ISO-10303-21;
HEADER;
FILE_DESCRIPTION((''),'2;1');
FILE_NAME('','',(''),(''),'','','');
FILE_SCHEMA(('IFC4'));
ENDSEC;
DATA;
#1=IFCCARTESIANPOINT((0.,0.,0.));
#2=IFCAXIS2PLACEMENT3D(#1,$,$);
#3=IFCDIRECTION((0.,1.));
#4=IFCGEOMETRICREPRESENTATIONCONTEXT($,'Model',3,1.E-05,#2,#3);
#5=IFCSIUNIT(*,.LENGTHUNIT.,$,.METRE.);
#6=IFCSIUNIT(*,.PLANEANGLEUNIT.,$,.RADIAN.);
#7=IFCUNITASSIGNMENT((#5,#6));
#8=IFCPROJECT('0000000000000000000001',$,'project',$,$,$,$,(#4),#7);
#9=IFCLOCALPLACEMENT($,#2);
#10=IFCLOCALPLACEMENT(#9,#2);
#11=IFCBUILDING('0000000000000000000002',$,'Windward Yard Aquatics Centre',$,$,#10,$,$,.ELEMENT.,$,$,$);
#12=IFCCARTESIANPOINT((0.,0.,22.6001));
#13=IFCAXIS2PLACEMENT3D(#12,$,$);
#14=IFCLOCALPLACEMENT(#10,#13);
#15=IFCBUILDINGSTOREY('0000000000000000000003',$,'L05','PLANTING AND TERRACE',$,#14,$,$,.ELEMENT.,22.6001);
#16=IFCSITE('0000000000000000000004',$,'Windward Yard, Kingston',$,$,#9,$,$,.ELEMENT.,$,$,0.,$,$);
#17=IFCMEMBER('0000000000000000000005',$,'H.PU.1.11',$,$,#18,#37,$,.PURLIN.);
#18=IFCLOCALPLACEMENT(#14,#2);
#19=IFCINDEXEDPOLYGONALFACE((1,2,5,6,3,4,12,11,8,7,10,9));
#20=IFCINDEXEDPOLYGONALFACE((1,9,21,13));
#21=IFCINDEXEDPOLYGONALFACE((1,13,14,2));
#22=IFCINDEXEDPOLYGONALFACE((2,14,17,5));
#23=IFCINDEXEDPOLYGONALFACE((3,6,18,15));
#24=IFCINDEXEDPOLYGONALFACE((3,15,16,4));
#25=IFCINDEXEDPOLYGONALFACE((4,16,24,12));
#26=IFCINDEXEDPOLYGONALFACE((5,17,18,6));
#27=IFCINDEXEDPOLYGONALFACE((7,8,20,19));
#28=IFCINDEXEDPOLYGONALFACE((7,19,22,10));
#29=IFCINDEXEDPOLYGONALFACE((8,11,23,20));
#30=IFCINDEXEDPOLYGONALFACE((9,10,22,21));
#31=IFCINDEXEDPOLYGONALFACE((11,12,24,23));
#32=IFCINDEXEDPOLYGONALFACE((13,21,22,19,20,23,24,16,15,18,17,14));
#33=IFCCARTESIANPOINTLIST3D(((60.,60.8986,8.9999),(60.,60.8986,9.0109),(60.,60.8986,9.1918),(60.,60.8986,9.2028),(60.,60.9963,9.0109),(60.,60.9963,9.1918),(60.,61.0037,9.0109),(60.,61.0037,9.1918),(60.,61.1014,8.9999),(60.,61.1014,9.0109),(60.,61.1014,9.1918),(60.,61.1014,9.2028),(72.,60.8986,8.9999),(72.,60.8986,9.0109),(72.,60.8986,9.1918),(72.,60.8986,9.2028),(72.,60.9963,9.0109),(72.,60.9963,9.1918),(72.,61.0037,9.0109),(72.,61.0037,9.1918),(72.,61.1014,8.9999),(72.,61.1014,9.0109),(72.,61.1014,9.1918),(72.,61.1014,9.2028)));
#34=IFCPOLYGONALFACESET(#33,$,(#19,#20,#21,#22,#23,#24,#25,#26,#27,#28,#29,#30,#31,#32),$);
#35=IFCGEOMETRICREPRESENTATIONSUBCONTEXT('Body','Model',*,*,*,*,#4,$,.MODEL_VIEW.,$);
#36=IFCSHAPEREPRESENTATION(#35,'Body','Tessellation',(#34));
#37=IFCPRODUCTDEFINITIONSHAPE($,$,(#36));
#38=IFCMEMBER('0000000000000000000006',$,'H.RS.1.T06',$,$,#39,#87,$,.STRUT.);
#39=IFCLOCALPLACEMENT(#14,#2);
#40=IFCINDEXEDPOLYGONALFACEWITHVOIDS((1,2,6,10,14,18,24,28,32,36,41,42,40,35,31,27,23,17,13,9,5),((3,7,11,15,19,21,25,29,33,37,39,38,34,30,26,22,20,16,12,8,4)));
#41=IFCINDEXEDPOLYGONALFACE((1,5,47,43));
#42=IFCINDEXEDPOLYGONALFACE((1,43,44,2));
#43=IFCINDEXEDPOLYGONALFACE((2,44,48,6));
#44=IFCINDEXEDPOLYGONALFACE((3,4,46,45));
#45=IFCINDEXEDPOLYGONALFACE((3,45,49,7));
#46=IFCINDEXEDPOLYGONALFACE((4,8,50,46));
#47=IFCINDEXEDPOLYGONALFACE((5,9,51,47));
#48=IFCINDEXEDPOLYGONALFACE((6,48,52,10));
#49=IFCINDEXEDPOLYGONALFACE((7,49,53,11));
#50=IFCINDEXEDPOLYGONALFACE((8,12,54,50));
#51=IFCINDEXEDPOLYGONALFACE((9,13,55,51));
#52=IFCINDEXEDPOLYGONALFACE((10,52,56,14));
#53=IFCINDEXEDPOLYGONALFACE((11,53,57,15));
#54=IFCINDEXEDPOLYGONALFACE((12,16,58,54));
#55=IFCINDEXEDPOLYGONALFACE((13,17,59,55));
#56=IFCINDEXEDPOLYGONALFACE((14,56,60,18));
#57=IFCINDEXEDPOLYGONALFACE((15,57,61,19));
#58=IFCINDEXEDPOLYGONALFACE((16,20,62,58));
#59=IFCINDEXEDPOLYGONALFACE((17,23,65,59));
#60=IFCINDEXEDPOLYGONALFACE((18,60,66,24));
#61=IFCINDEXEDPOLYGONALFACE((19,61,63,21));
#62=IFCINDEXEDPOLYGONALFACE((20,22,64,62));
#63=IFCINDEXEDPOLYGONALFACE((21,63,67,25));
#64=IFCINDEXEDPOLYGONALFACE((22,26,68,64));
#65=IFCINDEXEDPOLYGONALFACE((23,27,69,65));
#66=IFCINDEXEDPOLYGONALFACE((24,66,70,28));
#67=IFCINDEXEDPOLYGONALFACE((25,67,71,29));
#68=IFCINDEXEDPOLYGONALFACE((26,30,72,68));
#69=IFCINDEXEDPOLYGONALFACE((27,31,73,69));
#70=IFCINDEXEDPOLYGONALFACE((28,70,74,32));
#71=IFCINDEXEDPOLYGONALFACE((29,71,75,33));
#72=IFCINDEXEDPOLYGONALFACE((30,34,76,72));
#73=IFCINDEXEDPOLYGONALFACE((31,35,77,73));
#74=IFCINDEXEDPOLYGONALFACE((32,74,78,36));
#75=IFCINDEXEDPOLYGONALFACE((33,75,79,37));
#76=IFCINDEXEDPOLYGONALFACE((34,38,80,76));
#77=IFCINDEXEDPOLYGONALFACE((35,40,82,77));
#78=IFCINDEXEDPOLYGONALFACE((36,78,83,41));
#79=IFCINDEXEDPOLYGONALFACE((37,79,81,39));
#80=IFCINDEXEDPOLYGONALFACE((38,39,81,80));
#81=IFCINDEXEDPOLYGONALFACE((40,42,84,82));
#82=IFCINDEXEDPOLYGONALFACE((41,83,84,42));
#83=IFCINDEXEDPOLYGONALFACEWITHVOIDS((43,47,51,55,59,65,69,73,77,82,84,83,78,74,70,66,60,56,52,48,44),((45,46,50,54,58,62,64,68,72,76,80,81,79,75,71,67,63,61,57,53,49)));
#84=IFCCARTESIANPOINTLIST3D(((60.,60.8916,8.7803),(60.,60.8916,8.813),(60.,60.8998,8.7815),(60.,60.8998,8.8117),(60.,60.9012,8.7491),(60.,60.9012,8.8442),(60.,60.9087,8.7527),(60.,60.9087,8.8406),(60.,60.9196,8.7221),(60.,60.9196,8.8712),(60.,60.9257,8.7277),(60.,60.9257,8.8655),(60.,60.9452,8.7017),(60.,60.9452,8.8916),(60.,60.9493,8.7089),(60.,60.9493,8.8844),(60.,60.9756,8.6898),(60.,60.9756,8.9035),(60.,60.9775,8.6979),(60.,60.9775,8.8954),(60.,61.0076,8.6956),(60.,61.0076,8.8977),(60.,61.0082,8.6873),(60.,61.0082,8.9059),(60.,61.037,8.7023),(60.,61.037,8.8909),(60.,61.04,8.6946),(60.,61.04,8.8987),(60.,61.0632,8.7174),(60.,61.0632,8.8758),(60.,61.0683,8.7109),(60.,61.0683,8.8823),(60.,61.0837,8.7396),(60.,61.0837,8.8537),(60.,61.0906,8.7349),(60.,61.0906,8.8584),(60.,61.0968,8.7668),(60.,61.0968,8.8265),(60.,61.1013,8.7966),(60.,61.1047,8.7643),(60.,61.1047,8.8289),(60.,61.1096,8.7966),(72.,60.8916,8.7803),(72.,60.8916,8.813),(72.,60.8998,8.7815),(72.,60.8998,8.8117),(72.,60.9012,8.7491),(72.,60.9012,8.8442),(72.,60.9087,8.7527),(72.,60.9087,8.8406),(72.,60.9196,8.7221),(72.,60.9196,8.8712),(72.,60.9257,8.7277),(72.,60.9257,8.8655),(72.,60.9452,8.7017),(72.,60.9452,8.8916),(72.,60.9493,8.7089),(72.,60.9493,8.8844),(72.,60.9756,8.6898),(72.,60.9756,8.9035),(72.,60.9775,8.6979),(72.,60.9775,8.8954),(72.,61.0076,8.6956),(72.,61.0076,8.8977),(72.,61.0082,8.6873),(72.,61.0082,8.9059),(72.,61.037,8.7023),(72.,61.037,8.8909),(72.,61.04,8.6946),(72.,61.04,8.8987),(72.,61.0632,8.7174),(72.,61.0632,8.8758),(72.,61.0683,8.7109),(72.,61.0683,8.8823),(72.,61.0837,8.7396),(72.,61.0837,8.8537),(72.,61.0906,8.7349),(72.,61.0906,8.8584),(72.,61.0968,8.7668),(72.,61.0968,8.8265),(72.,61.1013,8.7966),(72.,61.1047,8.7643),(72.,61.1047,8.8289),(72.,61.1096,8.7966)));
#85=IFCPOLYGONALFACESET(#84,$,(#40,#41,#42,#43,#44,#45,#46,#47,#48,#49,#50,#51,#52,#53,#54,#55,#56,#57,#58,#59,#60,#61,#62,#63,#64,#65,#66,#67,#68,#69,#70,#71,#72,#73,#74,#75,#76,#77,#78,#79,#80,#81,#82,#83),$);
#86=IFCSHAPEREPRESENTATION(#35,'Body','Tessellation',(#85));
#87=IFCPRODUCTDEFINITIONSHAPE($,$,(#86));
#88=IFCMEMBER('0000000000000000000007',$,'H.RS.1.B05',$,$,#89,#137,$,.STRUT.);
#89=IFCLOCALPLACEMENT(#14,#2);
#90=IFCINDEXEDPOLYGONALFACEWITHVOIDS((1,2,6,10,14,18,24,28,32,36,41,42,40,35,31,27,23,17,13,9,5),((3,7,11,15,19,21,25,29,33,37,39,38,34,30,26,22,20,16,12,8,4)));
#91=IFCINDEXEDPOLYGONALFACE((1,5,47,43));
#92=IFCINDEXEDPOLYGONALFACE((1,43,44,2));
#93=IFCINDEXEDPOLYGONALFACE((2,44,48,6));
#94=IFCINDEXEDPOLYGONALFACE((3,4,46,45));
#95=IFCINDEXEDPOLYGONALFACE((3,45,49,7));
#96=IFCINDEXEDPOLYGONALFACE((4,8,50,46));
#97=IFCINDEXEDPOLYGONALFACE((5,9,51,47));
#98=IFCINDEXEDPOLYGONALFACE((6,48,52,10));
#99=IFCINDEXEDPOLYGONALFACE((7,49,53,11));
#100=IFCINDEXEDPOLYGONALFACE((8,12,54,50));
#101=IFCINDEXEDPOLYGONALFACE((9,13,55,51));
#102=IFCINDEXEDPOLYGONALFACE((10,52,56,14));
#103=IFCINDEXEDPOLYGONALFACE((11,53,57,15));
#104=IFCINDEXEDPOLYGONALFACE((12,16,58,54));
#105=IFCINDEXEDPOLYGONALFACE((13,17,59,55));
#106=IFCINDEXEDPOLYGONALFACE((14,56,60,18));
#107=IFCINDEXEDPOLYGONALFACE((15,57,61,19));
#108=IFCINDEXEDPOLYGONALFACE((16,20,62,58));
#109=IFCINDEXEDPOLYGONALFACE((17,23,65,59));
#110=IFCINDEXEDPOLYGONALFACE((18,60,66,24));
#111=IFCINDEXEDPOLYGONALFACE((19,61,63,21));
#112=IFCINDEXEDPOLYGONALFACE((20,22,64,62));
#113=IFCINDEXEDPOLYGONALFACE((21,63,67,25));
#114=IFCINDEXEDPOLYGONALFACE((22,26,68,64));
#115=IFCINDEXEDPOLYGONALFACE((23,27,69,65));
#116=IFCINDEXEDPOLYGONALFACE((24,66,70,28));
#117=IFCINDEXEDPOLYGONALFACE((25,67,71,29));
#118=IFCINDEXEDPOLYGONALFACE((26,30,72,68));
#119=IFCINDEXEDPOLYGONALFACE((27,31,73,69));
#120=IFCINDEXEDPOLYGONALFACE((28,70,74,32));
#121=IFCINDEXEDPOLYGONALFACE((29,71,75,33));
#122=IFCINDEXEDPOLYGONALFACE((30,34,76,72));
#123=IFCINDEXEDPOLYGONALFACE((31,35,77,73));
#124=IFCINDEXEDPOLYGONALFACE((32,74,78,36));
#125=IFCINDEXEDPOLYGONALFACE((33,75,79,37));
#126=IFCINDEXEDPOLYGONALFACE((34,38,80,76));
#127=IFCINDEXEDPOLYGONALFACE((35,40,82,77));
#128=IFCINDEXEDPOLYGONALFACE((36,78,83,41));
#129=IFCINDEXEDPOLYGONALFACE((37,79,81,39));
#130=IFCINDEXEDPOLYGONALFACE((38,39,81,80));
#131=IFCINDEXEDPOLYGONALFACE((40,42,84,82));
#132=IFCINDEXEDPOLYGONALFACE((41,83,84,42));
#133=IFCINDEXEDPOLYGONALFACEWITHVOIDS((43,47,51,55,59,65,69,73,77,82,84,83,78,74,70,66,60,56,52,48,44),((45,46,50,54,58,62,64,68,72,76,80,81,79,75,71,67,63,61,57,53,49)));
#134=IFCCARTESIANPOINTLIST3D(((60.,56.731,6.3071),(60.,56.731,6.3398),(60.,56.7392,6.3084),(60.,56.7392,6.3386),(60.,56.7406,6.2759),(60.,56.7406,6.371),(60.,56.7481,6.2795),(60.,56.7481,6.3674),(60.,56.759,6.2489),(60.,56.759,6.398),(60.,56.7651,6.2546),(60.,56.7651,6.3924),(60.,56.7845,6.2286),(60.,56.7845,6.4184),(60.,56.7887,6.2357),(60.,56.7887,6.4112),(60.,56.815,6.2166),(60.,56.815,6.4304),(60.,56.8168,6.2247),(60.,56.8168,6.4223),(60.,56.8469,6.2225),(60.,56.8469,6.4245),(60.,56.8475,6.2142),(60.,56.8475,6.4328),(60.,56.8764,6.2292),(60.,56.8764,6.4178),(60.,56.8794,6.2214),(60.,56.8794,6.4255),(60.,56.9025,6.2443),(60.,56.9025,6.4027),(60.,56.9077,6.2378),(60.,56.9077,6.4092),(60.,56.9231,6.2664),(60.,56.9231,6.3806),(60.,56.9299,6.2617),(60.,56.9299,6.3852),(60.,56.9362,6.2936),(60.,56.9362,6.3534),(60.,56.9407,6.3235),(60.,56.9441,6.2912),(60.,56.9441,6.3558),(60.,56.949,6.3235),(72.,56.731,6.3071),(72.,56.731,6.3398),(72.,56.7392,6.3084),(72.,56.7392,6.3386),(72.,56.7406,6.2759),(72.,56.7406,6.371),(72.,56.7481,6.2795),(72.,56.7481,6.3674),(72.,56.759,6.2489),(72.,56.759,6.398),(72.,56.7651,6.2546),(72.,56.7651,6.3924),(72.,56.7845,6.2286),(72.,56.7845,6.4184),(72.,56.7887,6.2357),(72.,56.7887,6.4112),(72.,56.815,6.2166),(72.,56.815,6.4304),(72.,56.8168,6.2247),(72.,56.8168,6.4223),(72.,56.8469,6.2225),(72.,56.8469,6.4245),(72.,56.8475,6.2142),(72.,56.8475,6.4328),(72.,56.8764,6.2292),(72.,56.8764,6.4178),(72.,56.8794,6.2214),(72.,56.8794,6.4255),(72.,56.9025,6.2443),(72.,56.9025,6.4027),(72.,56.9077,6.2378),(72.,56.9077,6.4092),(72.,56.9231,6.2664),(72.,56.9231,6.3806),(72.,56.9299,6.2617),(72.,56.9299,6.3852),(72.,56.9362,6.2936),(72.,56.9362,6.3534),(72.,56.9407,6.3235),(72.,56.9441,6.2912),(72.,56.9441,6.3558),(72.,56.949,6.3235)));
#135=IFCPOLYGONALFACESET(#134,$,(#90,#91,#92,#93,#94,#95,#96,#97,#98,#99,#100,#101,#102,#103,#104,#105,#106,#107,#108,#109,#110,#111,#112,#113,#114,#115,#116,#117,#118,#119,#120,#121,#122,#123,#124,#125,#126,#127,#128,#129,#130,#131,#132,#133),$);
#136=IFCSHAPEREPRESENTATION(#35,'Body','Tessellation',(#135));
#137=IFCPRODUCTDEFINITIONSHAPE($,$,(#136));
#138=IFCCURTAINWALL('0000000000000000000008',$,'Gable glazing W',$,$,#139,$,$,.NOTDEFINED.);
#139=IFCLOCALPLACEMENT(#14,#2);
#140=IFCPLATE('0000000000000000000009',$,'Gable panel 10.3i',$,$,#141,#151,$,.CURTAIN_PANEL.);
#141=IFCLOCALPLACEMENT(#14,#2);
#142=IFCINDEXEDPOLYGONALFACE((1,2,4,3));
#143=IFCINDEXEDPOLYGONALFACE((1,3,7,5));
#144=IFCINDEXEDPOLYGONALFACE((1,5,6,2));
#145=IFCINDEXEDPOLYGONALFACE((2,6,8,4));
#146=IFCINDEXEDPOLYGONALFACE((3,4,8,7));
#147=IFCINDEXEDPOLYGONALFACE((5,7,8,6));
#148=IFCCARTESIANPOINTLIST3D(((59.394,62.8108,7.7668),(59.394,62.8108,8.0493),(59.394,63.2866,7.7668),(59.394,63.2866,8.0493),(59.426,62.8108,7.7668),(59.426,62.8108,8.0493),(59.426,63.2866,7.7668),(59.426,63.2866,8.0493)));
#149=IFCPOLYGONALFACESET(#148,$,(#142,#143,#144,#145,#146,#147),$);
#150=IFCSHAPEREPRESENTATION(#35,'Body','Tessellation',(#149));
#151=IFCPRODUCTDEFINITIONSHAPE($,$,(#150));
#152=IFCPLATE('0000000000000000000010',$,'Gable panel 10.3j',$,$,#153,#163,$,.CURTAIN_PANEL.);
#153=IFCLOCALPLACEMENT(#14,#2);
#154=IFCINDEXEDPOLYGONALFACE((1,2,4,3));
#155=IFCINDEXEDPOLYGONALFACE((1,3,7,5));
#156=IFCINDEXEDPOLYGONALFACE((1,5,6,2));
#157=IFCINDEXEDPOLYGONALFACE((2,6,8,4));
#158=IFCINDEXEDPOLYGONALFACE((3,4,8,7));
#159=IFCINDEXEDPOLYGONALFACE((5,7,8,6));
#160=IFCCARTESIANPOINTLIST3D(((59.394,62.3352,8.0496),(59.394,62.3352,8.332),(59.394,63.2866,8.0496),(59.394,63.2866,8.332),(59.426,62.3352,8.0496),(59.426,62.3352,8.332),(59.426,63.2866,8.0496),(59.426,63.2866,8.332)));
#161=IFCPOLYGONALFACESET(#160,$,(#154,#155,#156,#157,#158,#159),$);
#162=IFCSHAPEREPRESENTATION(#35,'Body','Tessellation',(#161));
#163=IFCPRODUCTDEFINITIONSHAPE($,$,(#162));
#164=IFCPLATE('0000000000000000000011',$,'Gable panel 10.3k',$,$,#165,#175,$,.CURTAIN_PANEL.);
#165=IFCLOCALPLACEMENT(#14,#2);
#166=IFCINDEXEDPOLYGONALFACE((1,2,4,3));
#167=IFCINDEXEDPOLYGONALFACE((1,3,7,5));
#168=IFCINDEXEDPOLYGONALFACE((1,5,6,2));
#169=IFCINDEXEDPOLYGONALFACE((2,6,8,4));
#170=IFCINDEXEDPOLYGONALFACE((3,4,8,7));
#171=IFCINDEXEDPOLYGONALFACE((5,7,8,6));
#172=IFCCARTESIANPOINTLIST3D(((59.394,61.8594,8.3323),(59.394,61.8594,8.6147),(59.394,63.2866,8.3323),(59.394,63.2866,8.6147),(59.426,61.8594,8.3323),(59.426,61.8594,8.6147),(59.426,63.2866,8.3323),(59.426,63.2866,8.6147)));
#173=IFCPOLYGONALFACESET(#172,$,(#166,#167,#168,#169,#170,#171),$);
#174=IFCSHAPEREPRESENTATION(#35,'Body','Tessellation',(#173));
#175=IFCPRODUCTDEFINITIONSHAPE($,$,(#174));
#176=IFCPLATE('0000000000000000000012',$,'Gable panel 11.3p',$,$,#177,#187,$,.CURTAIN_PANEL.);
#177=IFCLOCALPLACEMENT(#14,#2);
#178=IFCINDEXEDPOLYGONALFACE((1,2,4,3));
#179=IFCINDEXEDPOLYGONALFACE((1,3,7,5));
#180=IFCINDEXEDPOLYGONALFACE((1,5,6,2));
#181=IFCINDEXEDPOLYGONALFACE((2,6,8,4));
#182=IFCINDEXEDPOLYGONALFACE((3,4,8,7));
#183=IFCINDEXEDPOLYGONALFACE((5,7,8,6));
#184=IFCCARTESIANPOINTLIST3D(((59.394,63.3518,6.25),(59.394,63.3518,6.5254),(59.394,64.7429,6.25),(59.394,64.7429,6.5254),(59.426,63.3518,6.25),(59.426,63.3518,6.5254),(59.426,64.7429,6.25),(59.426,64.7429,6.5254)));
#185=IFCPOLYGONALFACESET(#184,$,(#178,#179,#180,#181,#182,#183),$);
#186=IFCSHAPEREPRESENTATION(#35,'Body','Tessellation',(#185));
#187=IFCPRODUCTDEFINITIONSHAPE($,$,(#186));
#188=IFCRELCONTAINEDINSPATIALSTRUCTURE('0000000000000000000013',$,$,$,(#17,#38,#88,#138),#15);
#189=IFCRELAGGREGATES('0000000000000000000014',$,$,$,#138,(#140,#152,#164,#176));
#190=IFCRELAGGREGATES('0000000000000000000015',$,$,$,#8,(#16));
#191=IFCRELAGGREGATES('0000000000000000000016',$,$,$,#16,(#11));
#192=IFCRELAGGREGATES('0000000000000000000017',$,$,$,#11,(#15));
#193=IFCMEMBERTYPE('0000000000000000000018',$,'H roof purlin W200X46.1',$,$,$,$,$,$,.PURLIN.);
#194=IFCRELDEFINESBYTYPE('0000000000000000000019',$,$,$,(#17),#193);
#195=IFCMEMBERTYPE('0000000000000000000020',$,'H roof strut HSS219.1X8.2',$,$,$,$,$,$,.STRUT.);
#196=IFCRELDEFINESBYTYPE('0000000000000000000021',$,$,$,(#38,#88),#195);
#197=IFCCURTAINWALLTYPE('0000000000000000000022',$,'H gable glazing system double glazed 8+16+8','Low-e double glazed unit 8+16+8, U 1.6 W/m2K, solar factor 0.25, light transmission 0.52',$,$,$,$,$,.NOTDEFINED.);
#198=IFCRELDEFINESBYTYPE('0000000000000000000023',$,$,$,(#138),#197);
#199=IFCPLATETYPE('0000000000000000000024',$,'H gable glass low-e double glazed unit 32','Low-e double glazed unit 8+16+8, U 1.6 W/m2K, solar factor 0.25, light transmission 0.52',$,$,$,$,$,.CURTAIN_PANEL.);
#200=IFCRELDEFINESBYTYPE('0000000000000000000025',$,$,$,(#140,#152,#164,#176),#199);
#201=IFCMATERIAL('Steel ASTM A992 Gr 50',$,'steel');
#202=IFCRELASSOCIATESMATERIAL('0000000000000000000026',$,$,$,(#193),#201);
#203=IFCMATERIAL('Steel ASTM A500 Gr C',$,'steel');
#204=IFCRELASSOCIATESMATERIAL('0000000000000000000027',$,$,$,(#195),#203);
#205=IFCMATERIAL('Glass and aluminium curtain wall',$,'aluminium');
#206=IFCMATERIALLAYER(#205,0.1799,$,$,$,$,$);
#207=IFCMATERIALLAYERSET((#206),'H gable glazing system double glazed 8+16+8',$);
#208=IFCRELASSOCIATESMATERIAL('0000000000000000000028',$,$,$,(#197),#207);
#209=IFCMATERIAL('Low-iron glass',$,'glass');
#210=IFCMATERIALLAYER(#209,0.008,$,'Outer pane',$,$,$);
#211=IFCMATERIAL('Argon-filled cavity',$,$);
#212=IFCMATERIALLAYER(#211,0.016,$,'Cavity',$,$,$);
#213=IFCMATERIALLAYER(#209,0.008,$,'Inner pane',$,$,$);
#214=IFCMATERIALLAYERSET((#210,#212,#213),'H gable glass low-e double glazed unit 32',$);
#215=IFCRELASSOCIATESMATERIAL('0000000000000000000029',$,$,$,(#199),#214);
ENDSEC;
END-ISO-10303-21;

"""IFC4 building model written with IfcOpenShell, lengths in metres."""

from ifc_helpers import new_model, si_unit, direction, frame, origin, origin_2d, place, context, subcontext, project, spatial, polyline, hollow_circle, i_section, outline, extrude, material, layer, layer_set, material_profile, profile_set, type_object, element, aggregate, save


model = new_model("IFC4")

# Units and contexts
model_context = context("Model", 3, precision=1e-05, world=origin(), true_north=direction((0.0, 1.0)))
body_context = subcontext(model_context, "Body", "Model", "MODEL_VIEW")
ifc_project = project(units=[si_unit("LENGTHUNIT", "METRE"), si_unit("PLANEANGLEUNIT", "RADIAN")], contexts=[model_context])

# Site, building, storey
site_placement = place(None, origin())
site = spatial("IfcSite", under=ifc_project, at=site_placement, Name="Windward Yard, Kingston", CompositionType="ELEMENT", RefElevation=0.0)
building_placement = place(site_placement, origin())
building = spatial("IfcBuilding", under=site, at=building_placement, Name="Windward Yard Aquatics Centre", CompositionType="ELEMENT")
storey_placement = place(building_placement, frame((0.0, 0.0, 22.6001)))
storey = spatial("IfcBuildingStorey", under=building, at=storey_placement, Name="L05", Description="PLANTING AND TERRACE", CompositionType="ELEMENT", Elevation=22.6001)

# Members
ifc_material_1 = material(Name="Steel ASTM A500 Gr C", Category="steel")
ifc_material_2 = material(Name="Steel ASTM A992 Gr 50", Category="steel")
ifc_material_profile_1 = material_profile(ifc_material_2, i_section(OverallWidth=0.2029, OverallDepth=0.2029, WebThickness=0.0073, FlangeThickness=0.011, at=origin_2d()), Name="W200X46.1")
ifc_profile_set_1 = profile_set([ifc_material_profile_1], Name="Steel ASTM A992 Gr 50")
member_type_1 = type_object("IfcMemberType", Name="H roof purlin W200X46.1", PredefinedType="PURLIN", material=ifc_profile_set_1)
for number, where, z_axis, x_axis, name in (
    (1, (60.0, 61.0, 9.1013), (1.0, 0.0, 0.0), (0.0, 1.0, 0.0), "H.PU.1.11"),
):
    element("IfcMember", number, at=place(storey_placement, frame(where, z_axis=z_axis, x_axis=x_axis)), inside=storey, type_object=member_type_1, Name=name, PredefinedType="PURLIN", context=body_context, shape_type="SweptSolid", body=[
        extrude(i_section(OverallWidth=0.2029, OverallDepth=0.2029, WebThickness=0.0073, FlangeThickness=0.011, at=origin_2d()), origin(), (0.0, 0.0, 1.0), 12.0),
    ])
ifc_material_profile_2 = material_profile(ifc_material_1, hollow_circle(Radius=0.1096, WallThickness=0.0083, at=origin_2d()), Name="HSS219.1X8.2")
ifc_profile_set_2 = profile_set([ifc_material_profile_2], Name="Steel ASTM A500 Gr C")
member_type_2 = type_object("IfcMemberType", Name="H roof strut HSS219.1X8.2", PredefinedType="STRUT", material=ifc_profile_set_2)
for number, where, z_axis, x_axis, name in (
    (2, (60.0, 61.0, 8.7966), (1.0, 0.0, 0.0), (0.0, 1.0, 0.0), "H.RS.1.T06"),
    (3, (60.0, 56.8394, 6.3235), (1.0, 0.0, 0.0), (0.0, 1.0, 0.0), "H.RS.1.B05"),
):
    element("IfcMember", number, at=place(storey_placement, frame(where, z_axis=z_axis, x_axis=x_axis)), inside=storey, type_object=member_type_2, Name=name, PredefinedType="STRUT", context=body_context, shape_type="SweptSolid", body=[
        extrude(hollow_circle(Radius=0.1096, WallThickness=0.0083, at=origin_2d()), origin(), (0.0, 0.0, 1.0), 12.0),
    ])

# Curtain wall, plates
ifc_material_3 = material(Name="Glass and aluminium curtain wall", Category="aluminium")
ifc_layer_1 = layer(ifc_material_3, 0.1799)
ifc_layer_set_1 = layer_set([ifc_layer_1], Name="H gable glazing system double glazed 8+16+8")
curtain_wall_type = type_object("IfcCurtainWallType", Name="H gable glazing system double glazed 8+16+8", Description="Low-e double glazed unit 8+16+8, U 1.6 W/m2K, solar factor 0.25, light transmission 0.52", PredefinedType="NOTDEFINED", material=ifc_layer_set_1)
curtain_wall_placement = place(storey_placement, origin())
curtain_wall = element("IfcCurtainWall", 4, at=curtain_wall_placement, inside=storey, type_object=curtain_wall_type, Name="Gable glazing W", PredefinedType="NOTDEFINED")
ifc_material_4 = material(Name="Low-iron glass", Category="glass")
ifc_layer_2 = layer(ifc_material_4, 0.008, Name="Outer pane")
ifc_material_5 = material(Name="Argon-filled cavity")
ifc_layer_3 = layer(ifc_material_5, 0.016, Name="Cavity")
ifc_layer_4 = layer(ifc_material_4, 0.008, Name="Inner pane")
ifc_layer_set_2 = layer_set([ifc_layer_2, ifc_layer_3, ifc_layer_4], Name="H gable glass low-e double glazed unit 32")
plate_type = type_object("IfcPlateType", Name="H gable glass low-e double glazed unit 32", Description="Low-e double glazed unit 8+16+8, U 1.6 W/m2K, solar factor 0.25, light transmission 0.52", PredefinedType="CURTAIN_PANEL", material=ifc_layer_set_2)
plate_1_placement = place(storey_placement, frame((59.426, 62.8108, 7.7668), z_axis=(1.0, 0.0, 0.0), x_axis=(0.0, 1.0, 0.0)))
plate_1 = element("IfcPlate", 5, at=plate_1_placement, type_object=plate_type, Name="Gable panel 10.3i", PredefinedType="CURTAIN_PANEL", context=body_context, shape_type="SweptSolid", body=[
    extrude(outline(polyline([(0.0, 0.0), (0.4758, 0.0), (0.4758, 0.2825), (0.0, 0.2825), (0.0, 0.0)])), origin(), (0.0, 0.0, -1.0), 0.032),
])
plate_2_placement = place(storey_placement, frame((59.426, 62.3352, 8.0496), z_axis=(1.0, 0.0, 0.0), x_axis=(0.0, 1.0, 0.0)))
plate_2 = element("IfcPlate", 6, at=plate_2_placement, type_object=plate_type, Name="Gable panel 10.3j", PredefinedType="CURTAIN_PANEL", context=body_context, shape_type="SweptSolid", body=[
    extrude(outline(polyline([(0.0, 0.0), (0.9514, 0.0), (0.9514, 0.2825), (0.0, 0.2825), (0.0, 0.0)])), origin(), (0.0, 0.0, -1.0), 0.032),
])
plate_3_placement = place(storey_placement, frame((59.426, 61.8594, 8.3323), z_axis=(1.0, 0.0, 0.0), x_axis=(0.0, 1.0, 0.0)))
plate_3 = element("IfcPlate", 7, at=plate_3_placement, type_object=plate_type, Name="Gable panel 10.3k", PredefinedType="CURTAIN_PANEL", context=body_context, shape_type="SweptSolid", body=[
    extrude(outline(polyline([(0.0, 0.0), (1.4272, 0.0), (1.4272, 0.2825), (0.0, 0.2825), (0.0, 0.0)])), origin(), (0.0, 0.0, -1.0), 0.032),
])
plate_4_placement = place(storey_placement, frame((59.426, 63.3518, 6.25), z_axis=(1.0, 0.0, 0.0), x_axis=(0.0, 1.0, 0.0)))
plate_4 = element("IfcPlate", 8, at=plate_4_placement, type_object=plate_type, Name="Gable panel 11.3p", PredefinedType="CURTAIN_PANEL", context=body_context, shape_type="SweptSolid", body=[
    extrude(outline(polyline([(0.0, 0.0), (1.3911, 0.0), (1.3911, 0.2754), (0.0, 0.2754), (0.0, 0.0)])), origin(), (0.0, 0.0, -1.0), 0.032),
])

aggregate(curtain_wall, [plate_1, plate_2, plate_3, plate_4])

save(model, "model.ifc")
